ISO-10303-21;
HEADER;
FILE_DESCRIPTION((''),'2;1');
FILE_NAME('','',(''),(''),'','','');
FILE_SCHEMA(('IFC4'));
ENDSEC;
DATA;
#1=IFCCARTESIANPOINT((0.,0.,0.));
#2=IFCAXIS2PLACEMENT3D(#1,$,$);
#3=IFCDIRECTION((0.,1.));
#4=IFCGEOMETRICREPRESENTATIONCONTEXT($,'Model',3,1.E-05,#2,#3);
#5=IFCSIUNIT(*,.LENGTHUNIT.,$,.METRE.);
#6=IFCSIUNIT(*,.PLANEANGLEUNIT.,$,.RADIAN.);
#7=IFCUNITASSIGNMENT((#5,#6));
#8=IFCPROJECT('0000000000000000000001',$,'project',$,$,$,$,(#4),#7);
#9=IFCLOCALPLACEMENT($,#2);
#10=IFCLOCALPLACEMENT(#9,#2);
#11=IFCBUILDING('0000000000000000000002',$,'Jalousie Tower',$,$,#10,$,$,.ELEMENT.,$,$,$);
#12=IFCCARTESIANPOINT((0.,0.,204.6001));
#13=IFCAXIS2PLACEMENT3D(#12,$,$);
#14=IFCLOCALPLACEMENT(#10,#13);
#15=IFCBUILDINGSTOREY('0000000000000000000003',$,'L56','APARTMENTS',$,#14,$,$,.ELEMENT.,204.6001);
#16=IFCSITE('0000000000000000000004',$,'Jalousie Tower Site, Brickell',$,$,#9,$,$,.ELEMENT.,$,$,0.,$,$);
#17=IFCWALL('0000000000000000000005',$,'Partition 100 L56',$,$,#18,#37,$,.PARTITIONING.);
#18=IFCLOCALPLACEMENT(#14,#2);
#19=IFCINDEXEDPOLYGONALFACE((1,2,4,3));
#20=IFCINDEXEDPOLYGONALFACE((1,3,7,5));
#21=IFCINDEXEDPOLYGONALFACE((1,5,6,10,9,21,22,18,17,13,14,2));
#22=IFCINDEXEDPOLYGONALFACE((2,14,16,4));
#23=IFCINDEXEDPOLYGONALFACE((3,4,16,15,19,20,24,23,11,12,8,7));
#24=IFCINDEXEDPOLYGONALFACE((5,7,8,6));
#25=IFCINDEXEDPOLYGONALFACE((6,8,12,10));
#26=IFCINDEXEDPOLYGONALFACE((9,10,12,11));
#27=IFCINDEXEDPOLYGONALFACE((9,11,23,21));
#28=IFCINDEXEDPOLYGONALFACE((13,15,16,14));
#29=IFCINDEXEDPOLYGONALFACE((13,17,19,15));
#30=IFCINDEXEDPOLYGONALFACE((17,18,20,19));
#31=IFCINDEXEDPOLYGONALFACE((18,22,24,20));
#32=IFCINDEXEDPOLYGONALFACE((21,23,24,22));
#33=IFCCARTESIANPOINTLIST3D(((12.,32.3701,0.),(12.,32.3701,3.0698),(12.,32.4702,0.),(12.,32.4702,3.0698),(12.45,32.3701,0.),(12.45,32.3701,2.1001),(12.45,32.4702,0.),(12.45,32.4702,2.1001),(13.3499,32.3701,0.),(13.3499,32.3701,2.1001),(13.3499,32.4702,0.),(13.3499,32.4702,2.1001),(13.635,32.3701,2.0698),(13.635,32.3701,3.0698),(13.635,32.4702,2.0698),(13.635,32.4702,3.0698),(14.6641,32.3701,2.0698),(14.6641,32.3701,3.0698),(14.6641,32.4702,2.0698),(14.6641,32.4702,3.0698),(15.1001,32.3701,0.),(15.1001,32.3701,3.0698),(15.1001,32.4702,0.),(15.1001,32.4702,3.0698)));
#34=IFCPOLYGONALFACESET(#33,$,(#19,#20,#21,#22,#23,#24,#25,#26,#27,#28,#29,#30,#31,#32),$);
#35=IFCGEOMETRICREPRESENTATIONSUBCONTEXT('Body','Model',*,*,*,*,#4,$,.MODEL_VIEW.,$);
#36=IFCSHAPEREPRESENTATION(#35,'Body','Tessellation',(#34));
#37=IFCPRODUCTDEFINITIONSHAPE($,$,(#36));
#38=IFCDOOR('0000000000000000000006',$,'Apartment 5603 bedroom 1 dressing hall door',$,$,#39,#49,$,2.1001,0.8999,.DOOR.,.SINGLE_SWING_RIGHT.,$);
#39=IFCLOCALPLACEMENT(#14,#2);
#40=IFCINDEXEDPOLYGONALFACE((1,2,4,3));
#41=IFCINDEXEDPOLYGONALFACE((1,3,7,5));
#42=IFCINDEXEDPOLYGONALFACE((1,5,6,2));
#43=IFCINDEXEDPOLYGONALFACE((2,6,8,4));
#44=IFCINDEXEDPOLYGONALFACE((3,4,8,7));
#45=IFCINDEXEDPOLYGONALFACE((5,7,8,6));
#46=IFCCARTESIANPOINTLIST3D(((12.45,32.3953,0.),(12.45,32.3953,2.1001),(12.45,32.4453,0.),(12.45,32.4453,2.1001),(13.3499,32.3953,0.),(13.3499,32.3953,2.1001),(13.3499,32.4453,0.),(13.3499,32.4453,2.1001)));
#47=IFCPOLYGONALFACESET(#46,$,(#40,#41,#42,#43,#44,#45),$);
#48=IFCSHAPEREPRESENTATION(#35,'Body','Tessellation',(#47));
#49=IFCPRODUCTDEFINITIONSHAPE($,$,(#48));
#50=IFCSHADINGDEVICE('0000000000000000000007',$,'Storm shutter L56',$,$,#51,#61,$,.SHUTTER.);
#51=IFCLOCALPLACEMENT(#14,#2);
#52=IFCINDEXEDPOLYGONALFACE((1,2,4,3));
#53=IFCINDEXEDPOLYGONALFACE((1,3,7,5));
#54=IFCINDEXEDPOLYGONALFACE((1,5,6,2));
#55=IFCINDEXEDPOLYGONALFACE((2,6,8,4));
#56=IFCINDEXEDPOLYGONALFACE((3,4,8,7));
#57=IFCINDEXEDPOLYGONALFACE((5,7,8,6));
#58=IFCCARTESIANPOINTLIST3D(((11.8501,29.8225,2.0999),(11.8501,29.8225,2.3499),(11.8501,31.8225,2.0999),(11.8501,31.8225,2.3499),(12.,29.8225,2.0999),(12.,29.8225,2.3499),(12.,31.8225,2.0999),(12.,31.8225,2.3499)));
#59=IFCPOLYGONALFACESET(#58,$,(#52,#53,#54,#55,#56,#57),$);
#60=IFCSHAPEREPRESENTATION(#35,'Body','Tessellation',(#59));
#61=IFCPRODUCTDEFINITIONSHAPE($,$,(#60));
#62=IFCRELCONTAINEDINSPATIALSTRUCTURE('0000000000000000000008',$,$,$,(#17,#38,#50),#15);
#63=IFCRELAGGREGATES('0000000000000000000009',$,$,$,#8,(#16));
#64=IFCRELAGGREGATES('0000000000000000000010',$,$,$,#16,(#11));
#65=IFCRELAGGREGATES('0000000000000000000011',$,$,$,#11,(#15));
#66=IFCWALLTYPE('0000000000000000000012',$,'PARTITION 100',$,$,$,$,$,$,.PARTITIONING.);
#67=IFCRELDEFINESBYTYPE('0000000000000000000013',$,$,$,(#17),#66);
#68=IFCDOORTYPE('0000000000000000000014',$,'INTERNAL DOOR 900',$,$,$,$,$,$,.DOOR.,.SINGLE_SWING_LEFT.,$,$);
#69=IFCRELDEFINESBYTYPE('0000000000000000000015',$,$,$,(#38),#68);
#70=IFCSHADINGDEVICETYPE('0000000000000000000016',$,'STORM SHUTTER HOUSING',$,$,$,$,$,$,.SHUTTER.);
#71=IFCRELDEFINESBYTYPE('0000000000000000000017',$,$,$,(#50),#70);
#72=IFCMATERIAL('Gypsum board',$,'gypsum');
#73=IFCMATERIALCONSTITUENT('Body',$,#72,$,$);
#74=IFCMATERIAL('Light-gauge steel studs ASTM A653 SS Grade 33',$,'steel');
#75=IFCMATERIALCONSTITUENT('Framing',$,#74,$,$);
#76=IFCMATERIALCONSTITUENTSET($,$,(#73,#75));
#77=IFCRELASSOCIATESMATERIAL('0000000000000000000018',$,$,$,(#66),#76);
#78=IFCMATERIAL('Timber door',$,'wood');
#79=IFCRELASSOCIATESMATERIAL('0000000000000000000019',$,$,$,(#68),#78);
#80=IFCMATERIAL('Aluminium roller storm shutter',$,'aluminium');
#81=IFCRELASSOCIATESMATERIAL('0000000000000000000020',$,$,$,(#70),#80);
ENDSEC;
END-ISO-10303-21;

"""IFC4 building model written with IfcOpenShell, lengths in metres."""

from ifc_helpers import new_model, si_unit, direction, frame, frame_2d, origin, origin_2d, place, context, subcontext, project, spatial, polyline, rectangle, outline, extrude, material, constituent, constituent_set, type_object, element, fill, save


model = new_model("IFC4")

# Units and contexts
model_context = context("Model", 3, precision=1e-05, world=origin(), true_north=direction((0.0, 1.0)))
body_context = subcontext(model_context, "Body", "Model", "MODEL_VIEW")
ifc_project = project(units=[si_unit("LENGTHUNIT", "METRE"), si_unit("PLANEANGLEUNIT", "RADIAN")], contexts=[model_context])

# Site, building, storey
site_placement = place(None, origin())
site = spatial("IfcSite", under=ifc_project, at=site_placement, Name="Jalousie Tower Site, Brickell", CompositionType="ELEMENT", RefElevation=0.0)
building_placement = place(site_placement, origin())
building = spatial("IfcBuilding", under=site, at=building_placement, Name="Jalousie Tower", CompositionType="ELEMENT")
storey_placement = place(building_placement, frame((0.0, 0.0, 204.6001)))
storey = spatial("IfcBuildingStorey", under=building, at=storey_placement, Name="L56", Description="APARTMENTS", CompositionType="ELEMENT", Elevation=204.6001)

# Wall, opening, door
ifc_material_1 = material(Name="Gypsum board", Category="gypsum")
ifc_constituent_1 = constituent(ifc_material_1, Name="Body")
ifc_material_2 = material(Name="Light-gauge steel studs ASTM A653 SS Grade 33", Category="steel")
ifc_constituent_2 = constituent(ifc_material_2, Name="Framing")
ifc_constituent_set_1 = constituent_set(constituents=[ifc_constituent_1, ifc_constituent_2])
wall_type_1 = type_object("IfcWallType", Name="PARTITION 100", PredefinedType="PARTITIONING", material=ifc_constituent_set_1)
wall_1_placement = place(storey_placement, frame((12.0, 32.4202, 0.0), z_axis=(0.0, 0.0, 1.0), x_axis=(1.0, 0.0, 0.0)))
wall_1 = element("IfcWall", 1, at=wall_1_placement, inside=storey, type_object=wall_type_1, Name="Partition 100 L56", PredefinedType="PARTITIONING", context=body_context, shape_type="SweptSolid", body=[
    extrude(outline(polyline([(0.0, 0.0), (3.1001, 0.0), (3.1001, 3.0698), (2.6641, 3.0698), (2.6641, 2.0698), (1.635, 2.0698), (1.635, 3.0698), (0.0, 3.0698), (0.0, 0.0)])), frame((0.0, 0.05, 0.0), z_axis=(0.0, -1.0, 0.0), x_axis=(1.0, 0.0, 0.0)), (0.0, 0.0, 1.0), 0.1001),
])
opening_1_placement = place(wall_1_placement, frame((0.45, 0.0, 0.0)))
opening_1 = element("IfcOpeningElement", 2, at=opening_1_placement, cuts=wall_1, PredefinedType="OPENING", context=body_context, shape_type="SweptSolid", body=[
    extrude(rectangle(XDim=0.8999, YDim=2.1001, at=frame_2d((0.45, 1.05))), frame((0.0, 0.0601, 0.0), z_axis=(0.0, -1.0, 0.0), x_axis=(1.0, 0.0, 0.0)), (0.0, 0.0, 1.0), 0.1201),
])
ifc_material_3 = material(Name="Timber door", Category="wood")
door_type_1 = type_object("IfcDoorType", Name="INTERNAL DOOR 900", OperationType="SINGLE_SWING_LEFT", PredefinedType="DOOR", material=ifc_material_3)
door_1_placement = place(opening_1_placement, frame((0.8999, 0.0, 0.0), z_axis=(0.0, 0.0, 1.0), x_axis=(-1.0, 0.0, 0.0)))
door_1 = element("IfcDoor", 3, at=door_1_placement, inside=storey, type_object=door_type_1, Name="Apartment 5603 bedroom 1 dressing hall door", OperationType="SINGLE_SWING_RIGHT", OverallHeight=2.1001, OverallWidth=0.8999, PredefinedType="DOOR", context=body_context, shape_type="SweptSolid", body=[
    extrude(rectangle(XDim=0.8999, YDim=2.1001, at=frame_2d((0.45, 1.05))), frame((0.0, 0.0249, 0.0), z_axis=(0.0, -1.0, 0.0), x_axis=(1.0, 0.0, 0.0)), (0.0, 0.0, 1.0), 0.05),
])
fill(opening_1, door_1)

# Shading device
ifc_material_4 = material(Name="Aluminium roller storm shutter", Category="aluminium")
shading_device_type = type_object("IfcShadingDeviceType", Name="STORM SHUTTER HOUSING", PredefinedType="SHUTTER", material=ifc_material_4)
shading_device_placement = place(storey_placement, frame((11.925, 30.8225, 2.0999), z_axis=(0.0, 0.0, 1.0), x_axis=(0.0, -1.0, 0.0)))
element("IfcShadingDevice", 4, at=shading_device_placement, inside=storey, type_object=shading_device_type, Name="Storm shutter L56", PredefinedType="SHUTTER", context=body_context, shape_type="SweptSolid", body=[
    extrude(rectangle(XDim=2.0, YDim=0.1499, at=origin_2d()), origin(), (0.0, 0.0, 1.0), 0.25),
])

save(model, "model.ifc")
